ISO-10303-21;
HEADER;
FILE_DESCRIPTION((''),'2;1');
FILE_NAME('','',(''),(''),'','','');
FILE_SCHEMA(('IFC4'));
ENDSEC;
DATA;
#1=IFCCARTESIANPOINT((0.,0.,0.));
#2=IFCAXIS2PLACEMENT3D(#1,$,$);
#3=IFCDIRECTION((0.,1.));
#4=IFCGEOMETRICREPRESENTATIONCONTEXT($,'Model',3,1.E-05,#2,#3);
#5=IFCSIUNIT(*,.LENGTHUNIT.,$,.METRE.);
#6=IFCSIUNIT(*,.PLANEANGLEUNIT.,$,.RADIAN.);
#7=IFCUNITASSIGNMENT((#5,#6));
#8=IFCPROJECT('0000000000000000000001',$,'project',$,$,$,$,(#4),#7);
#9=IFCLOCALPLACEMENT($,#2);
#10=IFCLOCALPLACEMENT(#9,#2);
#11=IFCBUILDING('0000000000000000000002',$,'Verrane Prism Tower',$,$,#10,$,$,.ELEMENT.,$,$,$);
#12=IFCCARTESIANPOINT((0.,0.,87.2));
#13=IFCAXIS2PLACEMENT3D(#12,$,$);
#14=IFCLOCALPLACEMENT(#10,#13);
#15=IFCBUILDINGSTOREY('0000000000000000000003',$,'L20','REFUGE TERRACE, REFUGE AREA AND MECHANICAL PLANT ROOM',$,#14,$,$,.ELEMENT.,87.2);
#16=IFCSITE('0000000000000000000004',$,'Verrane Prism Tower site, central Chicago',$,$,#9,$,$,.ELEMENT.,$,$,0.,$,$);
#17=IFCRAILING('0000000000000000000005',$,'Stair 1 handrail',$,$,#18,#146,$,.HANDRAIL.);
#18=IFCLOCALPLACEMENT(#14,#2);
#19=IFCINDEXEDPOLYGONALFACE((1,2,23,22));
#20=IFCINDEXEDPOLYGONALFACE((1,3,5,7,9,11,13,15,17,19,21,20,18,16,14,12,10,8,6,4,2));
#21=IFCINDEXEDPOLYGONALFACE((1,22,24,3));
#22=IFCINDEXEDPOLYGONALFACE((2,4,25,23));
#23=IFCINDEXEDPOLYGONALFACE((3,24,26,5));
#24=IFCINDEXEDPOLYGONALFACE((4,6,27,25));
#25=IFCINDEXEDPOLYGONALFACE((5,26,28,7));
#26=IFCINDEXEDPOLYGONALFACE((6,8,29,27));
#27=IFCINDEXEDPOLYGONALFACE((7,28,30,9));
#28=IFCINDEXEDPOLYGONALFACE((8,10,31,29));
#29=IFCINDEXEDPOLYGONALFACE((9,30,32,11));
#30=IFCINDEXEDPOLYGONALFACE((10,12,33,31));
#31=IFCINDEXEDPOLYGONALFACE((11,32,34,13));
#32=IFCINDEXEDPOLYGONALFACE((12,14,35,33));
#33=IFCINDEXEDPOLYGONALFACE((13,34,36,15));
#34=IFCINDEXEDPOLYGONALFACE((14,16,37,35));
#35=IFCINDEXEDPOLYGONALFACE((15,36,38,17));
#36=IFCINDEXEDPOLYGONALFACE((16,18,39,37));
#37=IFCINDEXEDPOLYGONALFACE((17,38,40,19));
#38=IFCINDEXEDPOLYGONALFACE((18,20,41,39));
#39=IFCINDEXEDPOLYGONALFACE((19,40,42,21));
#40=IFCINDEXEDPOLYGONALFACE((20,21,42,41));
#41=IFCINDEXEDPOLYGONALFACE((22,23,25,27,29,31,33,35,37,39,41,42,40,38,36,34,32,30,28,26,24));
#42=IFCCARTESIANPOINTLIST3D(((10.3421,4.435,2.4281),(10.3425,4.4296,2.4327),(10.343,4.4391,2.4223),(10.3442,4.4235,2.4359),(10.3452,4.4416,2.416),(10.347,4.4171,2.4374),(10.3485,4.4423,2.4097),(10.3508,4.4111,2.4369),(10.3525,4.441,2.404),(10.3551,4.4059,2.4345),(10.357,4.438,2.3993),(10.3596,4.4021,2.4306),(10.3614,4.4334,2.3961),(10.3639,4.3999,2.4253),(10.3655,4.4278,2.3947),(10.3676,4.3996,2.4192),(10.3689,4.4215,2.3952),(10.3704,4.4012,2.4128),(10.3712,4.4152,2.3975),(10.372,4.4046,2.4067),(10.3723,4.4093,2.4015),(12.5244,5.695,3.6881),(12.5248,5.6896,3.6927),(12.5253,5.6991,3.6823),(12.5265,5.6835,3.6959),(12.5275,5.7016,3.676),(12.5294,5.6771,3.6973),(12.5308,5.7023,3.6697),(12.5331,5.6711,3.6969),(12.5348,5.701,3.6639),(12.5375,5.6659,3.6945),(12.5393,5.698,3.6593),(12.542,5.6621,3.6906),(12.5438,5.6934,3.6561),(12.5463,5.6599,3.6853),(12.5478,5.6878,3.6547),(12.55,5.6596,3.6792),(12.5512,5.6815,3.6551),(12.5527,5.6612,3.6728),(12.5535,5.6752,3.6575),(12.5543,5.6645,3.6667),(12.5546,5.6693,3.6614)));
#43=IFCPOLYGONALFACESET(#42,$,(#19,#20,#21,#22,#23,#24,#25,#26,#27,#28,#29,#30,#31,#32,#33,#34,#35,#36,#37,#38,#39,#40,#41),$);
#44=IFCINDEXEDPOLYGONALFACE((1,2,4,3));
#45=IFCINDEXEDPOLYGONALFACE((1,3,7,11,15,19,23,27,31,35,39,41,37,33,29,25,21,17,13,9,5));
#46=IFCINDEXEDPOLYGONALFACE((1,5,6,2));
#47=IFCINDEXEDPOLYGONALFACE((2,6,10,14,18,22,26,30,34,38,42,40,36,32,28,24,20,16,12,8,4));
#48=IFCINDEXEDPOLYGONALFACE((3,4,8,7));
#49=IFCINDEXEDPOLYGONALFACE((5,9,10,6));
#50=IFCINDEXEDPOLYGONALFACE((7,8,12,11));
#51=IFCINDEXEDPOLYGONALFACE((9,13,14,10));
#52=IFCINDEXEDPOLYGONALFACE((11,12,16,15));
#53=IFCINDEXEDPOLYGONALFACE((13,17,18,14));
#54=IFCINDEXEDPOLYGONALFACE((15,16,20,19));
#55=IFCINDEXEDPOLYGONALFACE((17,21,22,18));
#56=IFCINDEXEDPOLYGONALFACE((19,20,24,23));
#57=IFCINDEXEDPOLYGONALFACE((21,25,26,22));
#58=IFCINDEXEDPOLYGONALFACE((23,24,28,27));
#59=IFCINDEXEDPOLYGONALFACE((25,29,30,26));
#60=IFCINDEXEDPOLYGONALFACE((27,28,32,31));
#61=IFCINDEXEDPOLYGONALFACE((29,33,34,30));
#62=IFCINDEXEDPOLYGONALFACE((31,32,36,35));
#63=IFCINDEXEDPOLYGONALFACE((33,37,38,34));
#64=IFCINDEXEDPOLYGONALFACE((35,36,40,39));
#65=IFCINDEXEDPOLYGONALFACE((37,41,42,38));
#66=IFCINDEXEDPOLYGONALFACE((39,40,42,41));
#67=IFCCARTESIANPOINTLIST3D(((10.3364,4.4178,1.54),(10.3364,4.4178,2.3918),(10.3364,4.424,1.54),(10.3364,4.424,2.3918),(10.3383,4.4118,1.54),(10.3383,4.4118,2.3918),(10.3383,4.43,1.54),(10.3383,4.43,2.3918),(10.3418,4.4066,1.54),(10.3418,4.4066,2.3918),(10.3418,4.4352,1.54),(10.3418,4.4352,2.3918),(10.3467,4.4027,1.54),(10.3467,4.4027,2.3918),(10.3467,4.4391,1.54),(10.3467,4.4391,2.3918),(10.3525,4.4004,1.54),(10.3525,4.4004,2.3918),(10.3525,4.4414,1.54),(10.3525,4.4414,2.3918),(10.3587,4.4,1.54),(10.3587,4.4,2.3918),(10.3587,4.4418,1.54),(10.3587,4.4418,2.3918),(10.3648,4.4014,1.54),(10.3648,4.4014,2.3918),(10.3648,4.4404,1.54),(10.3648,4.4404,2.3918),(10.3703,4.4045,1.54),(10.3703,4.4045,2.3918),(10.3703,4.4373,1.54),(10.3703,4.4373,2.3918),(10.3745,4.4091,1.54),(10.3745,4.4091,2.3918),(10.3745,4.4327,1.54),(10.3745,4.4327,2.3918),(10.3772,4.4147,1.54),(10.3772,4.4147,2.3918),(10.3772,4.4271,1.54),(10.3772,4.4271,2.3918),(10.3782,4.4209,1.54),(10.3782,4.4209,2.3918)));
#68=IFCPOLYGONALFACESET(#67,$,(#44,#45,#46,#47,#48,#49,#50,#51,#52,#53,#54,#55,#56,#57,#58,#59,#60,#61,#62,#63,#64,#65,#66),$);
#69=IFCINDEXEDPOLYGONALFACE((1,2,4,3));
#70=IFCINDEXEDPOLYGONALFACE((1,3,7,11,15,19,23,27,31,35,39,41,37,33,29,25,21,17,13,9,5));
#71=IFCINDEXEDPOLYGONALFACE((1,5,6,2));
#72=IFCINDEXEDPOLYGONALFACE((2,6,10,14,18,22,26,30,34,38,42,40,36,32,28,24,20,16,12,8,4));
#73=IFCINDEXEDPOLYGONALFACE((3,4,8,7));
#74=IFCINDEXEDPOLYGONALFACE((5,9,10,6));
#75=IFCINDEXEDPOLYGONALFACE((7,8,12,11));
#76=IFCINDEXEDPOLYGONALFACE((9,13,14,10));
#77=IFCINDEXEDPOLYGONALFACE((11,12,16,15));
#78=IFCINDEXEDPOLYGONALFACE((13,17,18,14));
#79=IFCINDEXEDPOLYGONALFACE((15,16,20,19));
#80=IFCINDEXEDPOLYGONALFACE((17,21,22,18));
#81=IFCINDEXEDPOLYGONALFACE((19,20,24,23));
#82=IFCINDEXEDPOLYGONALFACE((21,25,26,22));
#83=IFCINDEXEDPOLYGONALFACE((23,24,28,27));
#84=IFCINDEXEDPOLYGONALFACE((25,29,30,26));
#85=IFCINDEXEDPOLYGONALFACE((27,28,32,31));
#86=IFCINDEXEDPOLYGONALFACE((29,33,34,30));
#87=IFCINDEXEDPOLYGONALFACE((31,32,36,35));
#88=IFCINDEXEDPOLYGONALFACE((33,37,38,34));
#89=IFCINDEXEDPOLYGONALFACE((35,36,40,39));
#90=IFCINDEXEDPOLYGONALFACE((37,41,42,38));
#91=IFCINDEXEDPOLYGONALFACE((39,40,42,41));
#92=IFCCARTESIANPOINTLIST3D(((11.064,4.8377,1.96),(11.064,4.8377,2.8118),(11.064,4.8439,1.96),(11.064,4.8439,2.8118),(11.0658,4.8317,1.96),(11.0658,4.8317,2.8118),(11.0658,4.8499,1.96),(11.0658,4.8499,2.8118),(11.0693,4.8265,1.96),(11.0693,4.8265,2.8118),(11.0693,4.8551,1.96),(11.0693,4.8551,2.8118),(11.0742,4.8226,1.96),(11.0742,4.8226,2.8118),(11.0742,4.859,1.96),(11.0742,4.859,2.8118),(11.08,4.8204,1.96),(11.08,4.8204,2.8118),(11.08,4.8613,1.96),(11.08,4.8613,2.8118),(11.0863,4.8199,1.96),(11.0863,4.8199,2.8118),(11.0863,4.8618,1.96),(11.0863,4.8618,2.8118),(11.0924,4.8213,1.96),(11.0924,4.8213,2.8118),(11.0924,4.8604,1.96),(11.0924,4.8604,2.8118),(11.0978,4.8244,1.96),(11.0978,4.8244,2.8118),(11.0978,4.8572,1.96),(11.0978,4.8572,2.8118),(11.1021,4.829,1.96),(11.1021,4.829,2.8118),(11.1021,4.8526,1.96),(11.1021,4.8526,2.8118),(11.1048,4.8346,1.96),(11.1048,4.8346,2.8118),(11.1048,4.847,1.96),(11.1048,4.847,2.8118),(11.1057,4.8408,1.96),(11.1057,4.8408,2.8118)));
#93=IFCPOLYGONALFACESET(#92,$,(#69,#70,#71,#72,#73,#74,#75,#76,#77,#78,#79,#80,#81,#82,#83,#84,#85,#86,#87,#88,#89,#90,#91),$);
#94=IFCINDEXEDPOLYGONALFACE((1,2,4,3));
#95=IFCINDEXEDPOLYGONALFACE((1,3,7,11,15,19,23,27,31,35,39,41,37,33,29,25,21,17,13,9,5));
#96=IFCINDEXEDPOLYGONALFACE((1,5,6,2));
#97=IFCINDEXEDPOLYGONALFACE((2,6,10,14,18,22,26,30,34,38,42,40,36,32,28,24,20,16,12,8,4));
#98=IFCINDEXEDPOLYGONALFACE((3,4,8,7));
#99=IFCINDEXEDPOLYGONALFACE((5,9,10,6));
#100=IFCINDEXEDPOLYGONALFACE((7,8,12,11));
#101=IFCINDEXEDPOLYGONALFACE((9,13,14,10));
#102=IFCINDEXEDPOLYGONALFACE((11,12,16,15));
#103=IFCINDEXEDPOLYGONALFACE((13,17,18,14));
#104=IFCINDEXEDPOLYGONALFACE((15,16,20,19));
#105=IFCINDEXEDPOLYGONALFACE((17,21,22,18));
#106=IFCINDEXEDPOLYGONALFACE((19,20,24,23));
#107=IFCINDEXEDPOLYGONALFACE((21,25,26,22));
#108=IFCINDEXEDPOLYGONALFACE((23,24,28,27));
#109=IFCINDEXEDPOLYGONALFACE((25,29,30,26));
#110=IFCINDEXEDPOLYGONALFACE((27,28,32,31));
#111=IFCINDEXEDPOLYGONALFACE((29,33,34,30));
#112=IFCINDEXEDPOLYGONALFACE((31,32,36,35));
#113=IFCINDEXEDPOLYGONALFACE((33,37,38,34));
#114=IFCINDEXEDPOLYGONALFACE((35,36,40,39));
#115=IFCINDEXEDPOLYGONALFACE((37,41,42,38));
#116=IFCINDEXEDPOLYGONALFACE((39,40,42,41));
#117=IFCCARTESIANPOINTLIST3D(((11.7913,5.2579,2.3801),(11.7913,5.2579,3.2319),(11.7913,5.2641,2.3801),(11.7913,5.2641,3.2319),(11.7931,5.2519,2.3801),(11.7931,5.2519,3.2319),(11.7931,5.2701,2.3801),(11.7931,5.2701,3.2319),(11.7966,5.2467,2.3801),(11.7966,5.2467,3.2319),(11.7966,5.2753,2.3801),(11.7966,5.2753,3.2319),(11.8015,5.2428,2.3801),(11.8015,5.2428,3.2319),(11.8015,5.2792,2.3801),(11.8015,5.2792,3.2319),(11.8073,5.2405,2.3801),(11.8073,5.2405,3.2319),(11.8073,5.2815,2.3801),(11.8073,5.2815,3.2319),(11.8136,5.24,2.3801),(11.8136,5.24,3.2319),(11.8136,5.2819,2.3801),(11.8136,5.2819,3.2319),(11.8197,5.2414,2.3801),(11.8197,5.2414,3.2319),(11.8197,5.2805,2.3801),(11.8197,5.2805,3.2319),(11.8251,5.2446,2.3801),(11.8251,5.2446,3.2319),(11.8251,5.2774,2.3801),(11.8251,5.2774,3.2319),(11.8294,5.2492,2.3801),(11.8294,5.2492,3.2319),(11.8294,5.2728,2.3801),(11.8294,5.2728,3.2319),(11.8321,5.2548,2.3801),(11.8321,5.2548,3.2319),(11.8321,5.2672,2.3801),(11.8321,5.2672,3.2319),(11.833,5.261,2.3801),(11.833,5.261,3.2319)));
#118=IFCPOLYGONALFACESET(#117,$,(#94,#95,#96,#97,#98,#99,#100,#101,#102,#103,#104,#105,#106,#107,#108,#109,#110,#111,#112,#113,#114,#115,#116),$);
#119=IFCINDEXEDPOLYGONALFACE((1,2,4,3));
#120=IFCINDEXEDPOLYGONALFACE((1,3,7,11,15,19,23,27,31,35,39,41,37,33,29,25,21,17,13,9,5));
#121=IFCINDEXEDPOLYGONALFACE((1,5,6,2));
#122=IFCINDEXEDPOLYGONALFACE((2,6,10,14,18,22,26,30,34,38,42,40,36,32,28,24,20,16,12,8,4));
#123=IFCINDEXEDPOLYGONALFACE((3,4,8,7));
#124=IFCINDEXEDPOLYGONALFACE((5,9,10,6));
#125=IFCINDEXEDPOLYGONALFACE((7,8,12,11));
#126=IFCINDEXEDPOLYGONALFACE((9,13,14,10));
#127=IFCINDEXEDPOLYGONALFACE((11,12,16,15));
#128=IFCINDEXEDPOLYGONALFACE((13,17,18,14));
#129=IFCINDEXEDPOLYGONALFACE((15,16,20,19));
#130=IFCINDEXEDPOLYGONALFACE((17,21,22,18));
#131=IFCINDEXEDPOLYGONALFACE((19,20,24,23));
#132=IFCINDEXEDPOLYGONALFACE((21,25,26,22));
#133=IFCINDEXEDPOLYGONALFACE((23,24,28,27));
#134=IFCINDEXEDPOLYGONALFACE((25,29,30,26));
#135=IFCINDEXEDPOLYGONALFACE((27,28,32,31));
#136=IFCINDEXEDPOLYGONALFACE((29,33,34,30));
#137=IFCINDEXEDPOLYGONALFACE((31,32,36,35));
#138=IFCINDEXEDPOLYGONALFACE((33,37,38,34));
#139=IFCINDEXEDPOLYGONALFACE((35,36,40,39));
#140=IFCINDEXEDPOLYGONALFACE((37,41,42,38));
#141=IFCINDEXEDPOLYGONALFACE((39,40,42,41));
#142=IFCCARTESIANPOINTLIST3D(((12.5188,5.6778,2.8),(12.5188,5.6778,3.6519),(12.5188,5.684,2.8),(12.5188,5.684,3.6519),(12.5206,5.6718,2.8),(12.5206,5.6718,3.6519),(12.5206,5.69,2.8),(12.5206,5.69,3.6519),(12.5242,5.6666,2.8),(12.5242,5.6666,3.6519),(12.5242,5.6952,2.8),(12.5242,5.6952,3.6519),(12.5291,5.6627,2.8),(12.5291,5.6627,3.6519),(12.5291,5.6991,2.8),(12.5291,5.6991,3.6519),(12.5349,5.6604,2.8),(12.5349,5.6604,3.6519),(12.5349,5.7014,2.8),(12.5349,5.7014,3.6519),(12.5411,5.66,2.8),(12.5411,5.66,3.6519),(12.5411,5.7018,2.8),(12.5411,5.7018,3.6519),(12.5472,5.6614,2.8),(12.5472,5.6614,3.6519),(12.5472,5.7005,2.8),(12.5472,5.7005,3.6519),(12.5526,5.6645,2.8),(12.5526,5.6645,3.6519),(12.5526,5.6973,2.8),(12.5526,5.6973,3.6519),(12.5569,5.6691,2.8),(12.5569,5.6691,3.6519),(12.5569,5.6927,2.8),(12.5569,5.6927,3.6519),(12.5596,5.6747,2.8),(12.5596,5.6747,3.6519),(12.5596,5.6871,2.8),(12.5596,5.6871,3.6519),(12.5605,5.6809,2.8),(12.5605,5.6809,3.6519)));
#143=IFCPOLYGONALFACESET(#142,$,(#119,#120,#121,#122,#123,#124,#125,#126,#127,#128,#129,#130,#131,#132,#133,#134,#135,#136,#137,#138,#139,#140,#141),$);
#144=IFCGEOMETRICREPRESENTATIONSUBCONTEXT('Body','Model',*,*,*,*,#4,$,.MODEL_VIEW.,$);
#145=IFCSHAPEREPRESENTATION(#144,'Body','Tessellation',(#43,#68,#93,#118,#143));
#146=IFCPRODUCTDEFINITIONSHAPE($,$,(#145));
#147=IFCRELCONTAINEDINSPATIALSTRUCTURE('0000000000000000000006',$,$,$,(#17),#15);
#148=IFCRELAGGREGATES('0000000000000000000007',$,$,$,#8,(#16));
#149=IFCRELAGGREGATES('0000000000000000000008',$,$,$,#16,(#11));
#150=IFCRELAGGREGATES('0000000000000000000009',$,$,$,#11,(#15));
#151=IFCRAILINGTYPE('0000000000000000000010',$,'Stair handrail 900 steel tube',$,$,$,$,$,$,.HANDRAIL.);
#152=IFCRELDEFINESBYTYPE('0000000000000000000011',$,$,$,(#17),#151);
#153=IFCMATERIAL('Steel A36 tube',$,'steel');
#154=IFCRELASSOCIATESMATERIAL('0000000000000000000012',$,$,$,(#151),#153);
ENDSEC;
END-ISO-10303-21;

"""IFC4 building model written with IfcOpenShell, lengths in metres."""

from ifc_helpers import new_model, si_unit, direction, frame, origin, origin_2d, place, context, subcontext, project, spatial, circle, extrude, material, type_object, element, save


model = new_model("IFC4")

# Units and contexts
model_context = context("Model", 3, precision=1e-05, world=origin(), true_north=direction((0.0, 1.0)))
body_context = subcontext(model_context, "Body", "Model", "MODEL_VIEW")
ifc_project = project(units=[si_unit("LENGTHUNIT", "METRE"), si_unit("PLANEANGLEUNIT", "RADIAN")], contexts=[model_context])

# Site, building, storey
site_placement = place(None, origin())
site = spatial("IfcSite", under=ifc_project, at=site_placement, Name="Verrane Prism Tower site, central Chicago", CompositionType="ELEMENT", RefElevation=0.0)
building_placement = place(site_placement, origin())
building = spatial("IfcBuilding", under=site, at=building_placement, Name="Verrane Prism Tower", CompositionType="ELEMENT")
storey_placement = place(building_placement, frame((0.0, 0.0, 87.2)))
storey = spatial("IfcBuildingStorey", under=building, at=storey_placement, Name="L20", Description="REFUGE TERRACE, REFUGE AREA AND MECHANICAL PLANT ROOM", CompositionType="ELEMENT", Elevation=87.2)

# Railing
ifc_material_1 = material(Name="Steel A36 tube", Category="steel")
railing_type_1 = type_object("IfcRailingType", Name="Stair handrail 900 steel tube", PredefinedType="HANDRAIL", material=ifc_material_1)
railing_1_placement = place(storey_placement, frame((10.3572, 4.4209, 1.54)))
element("IfcRailing", 1, at=railing_1_placement, inside=storey, type_object=railing_type_1, Name="Stair 1 handrail", PredefinedType="HANDRAIL", context=body_context, shape_type="SweptSolid", body=[
    extrude(circle(Radius=0.0239, at=origin_2d()), frame((0.0, 0.0, 0.876), z_axis=(0.774593, 0.447217, 0.447217), x_axis=(-0.500005, 0.866023, 0.0)), (0.0, 0.0, 1.0), 2.8174),
    extrude(circle(Radius=0.021, at=origin_2d()), origin(), (0.0, 0.0, 1.0), 0.8518),
    extrude(circle(Radius=0.021, at=origin_2d()), frame((0.7275, 0.4199, 0.4199)), (0.0, 0.0, 1.0), 0.8518),
    extrude(circle(Radius=0.021, at=origin_2d()), frame((1.4548, 0.8401, 0.8401)), (0.0, 0.0, 1.0), 0.8518),
    extrude(circle(Radius=0.021, at=origin_2d()), frame((2.1824, 1.26, 1.26)), (0.0, 0.0, 1.0), 0.8518),
])

save(model, "model.ifc")
